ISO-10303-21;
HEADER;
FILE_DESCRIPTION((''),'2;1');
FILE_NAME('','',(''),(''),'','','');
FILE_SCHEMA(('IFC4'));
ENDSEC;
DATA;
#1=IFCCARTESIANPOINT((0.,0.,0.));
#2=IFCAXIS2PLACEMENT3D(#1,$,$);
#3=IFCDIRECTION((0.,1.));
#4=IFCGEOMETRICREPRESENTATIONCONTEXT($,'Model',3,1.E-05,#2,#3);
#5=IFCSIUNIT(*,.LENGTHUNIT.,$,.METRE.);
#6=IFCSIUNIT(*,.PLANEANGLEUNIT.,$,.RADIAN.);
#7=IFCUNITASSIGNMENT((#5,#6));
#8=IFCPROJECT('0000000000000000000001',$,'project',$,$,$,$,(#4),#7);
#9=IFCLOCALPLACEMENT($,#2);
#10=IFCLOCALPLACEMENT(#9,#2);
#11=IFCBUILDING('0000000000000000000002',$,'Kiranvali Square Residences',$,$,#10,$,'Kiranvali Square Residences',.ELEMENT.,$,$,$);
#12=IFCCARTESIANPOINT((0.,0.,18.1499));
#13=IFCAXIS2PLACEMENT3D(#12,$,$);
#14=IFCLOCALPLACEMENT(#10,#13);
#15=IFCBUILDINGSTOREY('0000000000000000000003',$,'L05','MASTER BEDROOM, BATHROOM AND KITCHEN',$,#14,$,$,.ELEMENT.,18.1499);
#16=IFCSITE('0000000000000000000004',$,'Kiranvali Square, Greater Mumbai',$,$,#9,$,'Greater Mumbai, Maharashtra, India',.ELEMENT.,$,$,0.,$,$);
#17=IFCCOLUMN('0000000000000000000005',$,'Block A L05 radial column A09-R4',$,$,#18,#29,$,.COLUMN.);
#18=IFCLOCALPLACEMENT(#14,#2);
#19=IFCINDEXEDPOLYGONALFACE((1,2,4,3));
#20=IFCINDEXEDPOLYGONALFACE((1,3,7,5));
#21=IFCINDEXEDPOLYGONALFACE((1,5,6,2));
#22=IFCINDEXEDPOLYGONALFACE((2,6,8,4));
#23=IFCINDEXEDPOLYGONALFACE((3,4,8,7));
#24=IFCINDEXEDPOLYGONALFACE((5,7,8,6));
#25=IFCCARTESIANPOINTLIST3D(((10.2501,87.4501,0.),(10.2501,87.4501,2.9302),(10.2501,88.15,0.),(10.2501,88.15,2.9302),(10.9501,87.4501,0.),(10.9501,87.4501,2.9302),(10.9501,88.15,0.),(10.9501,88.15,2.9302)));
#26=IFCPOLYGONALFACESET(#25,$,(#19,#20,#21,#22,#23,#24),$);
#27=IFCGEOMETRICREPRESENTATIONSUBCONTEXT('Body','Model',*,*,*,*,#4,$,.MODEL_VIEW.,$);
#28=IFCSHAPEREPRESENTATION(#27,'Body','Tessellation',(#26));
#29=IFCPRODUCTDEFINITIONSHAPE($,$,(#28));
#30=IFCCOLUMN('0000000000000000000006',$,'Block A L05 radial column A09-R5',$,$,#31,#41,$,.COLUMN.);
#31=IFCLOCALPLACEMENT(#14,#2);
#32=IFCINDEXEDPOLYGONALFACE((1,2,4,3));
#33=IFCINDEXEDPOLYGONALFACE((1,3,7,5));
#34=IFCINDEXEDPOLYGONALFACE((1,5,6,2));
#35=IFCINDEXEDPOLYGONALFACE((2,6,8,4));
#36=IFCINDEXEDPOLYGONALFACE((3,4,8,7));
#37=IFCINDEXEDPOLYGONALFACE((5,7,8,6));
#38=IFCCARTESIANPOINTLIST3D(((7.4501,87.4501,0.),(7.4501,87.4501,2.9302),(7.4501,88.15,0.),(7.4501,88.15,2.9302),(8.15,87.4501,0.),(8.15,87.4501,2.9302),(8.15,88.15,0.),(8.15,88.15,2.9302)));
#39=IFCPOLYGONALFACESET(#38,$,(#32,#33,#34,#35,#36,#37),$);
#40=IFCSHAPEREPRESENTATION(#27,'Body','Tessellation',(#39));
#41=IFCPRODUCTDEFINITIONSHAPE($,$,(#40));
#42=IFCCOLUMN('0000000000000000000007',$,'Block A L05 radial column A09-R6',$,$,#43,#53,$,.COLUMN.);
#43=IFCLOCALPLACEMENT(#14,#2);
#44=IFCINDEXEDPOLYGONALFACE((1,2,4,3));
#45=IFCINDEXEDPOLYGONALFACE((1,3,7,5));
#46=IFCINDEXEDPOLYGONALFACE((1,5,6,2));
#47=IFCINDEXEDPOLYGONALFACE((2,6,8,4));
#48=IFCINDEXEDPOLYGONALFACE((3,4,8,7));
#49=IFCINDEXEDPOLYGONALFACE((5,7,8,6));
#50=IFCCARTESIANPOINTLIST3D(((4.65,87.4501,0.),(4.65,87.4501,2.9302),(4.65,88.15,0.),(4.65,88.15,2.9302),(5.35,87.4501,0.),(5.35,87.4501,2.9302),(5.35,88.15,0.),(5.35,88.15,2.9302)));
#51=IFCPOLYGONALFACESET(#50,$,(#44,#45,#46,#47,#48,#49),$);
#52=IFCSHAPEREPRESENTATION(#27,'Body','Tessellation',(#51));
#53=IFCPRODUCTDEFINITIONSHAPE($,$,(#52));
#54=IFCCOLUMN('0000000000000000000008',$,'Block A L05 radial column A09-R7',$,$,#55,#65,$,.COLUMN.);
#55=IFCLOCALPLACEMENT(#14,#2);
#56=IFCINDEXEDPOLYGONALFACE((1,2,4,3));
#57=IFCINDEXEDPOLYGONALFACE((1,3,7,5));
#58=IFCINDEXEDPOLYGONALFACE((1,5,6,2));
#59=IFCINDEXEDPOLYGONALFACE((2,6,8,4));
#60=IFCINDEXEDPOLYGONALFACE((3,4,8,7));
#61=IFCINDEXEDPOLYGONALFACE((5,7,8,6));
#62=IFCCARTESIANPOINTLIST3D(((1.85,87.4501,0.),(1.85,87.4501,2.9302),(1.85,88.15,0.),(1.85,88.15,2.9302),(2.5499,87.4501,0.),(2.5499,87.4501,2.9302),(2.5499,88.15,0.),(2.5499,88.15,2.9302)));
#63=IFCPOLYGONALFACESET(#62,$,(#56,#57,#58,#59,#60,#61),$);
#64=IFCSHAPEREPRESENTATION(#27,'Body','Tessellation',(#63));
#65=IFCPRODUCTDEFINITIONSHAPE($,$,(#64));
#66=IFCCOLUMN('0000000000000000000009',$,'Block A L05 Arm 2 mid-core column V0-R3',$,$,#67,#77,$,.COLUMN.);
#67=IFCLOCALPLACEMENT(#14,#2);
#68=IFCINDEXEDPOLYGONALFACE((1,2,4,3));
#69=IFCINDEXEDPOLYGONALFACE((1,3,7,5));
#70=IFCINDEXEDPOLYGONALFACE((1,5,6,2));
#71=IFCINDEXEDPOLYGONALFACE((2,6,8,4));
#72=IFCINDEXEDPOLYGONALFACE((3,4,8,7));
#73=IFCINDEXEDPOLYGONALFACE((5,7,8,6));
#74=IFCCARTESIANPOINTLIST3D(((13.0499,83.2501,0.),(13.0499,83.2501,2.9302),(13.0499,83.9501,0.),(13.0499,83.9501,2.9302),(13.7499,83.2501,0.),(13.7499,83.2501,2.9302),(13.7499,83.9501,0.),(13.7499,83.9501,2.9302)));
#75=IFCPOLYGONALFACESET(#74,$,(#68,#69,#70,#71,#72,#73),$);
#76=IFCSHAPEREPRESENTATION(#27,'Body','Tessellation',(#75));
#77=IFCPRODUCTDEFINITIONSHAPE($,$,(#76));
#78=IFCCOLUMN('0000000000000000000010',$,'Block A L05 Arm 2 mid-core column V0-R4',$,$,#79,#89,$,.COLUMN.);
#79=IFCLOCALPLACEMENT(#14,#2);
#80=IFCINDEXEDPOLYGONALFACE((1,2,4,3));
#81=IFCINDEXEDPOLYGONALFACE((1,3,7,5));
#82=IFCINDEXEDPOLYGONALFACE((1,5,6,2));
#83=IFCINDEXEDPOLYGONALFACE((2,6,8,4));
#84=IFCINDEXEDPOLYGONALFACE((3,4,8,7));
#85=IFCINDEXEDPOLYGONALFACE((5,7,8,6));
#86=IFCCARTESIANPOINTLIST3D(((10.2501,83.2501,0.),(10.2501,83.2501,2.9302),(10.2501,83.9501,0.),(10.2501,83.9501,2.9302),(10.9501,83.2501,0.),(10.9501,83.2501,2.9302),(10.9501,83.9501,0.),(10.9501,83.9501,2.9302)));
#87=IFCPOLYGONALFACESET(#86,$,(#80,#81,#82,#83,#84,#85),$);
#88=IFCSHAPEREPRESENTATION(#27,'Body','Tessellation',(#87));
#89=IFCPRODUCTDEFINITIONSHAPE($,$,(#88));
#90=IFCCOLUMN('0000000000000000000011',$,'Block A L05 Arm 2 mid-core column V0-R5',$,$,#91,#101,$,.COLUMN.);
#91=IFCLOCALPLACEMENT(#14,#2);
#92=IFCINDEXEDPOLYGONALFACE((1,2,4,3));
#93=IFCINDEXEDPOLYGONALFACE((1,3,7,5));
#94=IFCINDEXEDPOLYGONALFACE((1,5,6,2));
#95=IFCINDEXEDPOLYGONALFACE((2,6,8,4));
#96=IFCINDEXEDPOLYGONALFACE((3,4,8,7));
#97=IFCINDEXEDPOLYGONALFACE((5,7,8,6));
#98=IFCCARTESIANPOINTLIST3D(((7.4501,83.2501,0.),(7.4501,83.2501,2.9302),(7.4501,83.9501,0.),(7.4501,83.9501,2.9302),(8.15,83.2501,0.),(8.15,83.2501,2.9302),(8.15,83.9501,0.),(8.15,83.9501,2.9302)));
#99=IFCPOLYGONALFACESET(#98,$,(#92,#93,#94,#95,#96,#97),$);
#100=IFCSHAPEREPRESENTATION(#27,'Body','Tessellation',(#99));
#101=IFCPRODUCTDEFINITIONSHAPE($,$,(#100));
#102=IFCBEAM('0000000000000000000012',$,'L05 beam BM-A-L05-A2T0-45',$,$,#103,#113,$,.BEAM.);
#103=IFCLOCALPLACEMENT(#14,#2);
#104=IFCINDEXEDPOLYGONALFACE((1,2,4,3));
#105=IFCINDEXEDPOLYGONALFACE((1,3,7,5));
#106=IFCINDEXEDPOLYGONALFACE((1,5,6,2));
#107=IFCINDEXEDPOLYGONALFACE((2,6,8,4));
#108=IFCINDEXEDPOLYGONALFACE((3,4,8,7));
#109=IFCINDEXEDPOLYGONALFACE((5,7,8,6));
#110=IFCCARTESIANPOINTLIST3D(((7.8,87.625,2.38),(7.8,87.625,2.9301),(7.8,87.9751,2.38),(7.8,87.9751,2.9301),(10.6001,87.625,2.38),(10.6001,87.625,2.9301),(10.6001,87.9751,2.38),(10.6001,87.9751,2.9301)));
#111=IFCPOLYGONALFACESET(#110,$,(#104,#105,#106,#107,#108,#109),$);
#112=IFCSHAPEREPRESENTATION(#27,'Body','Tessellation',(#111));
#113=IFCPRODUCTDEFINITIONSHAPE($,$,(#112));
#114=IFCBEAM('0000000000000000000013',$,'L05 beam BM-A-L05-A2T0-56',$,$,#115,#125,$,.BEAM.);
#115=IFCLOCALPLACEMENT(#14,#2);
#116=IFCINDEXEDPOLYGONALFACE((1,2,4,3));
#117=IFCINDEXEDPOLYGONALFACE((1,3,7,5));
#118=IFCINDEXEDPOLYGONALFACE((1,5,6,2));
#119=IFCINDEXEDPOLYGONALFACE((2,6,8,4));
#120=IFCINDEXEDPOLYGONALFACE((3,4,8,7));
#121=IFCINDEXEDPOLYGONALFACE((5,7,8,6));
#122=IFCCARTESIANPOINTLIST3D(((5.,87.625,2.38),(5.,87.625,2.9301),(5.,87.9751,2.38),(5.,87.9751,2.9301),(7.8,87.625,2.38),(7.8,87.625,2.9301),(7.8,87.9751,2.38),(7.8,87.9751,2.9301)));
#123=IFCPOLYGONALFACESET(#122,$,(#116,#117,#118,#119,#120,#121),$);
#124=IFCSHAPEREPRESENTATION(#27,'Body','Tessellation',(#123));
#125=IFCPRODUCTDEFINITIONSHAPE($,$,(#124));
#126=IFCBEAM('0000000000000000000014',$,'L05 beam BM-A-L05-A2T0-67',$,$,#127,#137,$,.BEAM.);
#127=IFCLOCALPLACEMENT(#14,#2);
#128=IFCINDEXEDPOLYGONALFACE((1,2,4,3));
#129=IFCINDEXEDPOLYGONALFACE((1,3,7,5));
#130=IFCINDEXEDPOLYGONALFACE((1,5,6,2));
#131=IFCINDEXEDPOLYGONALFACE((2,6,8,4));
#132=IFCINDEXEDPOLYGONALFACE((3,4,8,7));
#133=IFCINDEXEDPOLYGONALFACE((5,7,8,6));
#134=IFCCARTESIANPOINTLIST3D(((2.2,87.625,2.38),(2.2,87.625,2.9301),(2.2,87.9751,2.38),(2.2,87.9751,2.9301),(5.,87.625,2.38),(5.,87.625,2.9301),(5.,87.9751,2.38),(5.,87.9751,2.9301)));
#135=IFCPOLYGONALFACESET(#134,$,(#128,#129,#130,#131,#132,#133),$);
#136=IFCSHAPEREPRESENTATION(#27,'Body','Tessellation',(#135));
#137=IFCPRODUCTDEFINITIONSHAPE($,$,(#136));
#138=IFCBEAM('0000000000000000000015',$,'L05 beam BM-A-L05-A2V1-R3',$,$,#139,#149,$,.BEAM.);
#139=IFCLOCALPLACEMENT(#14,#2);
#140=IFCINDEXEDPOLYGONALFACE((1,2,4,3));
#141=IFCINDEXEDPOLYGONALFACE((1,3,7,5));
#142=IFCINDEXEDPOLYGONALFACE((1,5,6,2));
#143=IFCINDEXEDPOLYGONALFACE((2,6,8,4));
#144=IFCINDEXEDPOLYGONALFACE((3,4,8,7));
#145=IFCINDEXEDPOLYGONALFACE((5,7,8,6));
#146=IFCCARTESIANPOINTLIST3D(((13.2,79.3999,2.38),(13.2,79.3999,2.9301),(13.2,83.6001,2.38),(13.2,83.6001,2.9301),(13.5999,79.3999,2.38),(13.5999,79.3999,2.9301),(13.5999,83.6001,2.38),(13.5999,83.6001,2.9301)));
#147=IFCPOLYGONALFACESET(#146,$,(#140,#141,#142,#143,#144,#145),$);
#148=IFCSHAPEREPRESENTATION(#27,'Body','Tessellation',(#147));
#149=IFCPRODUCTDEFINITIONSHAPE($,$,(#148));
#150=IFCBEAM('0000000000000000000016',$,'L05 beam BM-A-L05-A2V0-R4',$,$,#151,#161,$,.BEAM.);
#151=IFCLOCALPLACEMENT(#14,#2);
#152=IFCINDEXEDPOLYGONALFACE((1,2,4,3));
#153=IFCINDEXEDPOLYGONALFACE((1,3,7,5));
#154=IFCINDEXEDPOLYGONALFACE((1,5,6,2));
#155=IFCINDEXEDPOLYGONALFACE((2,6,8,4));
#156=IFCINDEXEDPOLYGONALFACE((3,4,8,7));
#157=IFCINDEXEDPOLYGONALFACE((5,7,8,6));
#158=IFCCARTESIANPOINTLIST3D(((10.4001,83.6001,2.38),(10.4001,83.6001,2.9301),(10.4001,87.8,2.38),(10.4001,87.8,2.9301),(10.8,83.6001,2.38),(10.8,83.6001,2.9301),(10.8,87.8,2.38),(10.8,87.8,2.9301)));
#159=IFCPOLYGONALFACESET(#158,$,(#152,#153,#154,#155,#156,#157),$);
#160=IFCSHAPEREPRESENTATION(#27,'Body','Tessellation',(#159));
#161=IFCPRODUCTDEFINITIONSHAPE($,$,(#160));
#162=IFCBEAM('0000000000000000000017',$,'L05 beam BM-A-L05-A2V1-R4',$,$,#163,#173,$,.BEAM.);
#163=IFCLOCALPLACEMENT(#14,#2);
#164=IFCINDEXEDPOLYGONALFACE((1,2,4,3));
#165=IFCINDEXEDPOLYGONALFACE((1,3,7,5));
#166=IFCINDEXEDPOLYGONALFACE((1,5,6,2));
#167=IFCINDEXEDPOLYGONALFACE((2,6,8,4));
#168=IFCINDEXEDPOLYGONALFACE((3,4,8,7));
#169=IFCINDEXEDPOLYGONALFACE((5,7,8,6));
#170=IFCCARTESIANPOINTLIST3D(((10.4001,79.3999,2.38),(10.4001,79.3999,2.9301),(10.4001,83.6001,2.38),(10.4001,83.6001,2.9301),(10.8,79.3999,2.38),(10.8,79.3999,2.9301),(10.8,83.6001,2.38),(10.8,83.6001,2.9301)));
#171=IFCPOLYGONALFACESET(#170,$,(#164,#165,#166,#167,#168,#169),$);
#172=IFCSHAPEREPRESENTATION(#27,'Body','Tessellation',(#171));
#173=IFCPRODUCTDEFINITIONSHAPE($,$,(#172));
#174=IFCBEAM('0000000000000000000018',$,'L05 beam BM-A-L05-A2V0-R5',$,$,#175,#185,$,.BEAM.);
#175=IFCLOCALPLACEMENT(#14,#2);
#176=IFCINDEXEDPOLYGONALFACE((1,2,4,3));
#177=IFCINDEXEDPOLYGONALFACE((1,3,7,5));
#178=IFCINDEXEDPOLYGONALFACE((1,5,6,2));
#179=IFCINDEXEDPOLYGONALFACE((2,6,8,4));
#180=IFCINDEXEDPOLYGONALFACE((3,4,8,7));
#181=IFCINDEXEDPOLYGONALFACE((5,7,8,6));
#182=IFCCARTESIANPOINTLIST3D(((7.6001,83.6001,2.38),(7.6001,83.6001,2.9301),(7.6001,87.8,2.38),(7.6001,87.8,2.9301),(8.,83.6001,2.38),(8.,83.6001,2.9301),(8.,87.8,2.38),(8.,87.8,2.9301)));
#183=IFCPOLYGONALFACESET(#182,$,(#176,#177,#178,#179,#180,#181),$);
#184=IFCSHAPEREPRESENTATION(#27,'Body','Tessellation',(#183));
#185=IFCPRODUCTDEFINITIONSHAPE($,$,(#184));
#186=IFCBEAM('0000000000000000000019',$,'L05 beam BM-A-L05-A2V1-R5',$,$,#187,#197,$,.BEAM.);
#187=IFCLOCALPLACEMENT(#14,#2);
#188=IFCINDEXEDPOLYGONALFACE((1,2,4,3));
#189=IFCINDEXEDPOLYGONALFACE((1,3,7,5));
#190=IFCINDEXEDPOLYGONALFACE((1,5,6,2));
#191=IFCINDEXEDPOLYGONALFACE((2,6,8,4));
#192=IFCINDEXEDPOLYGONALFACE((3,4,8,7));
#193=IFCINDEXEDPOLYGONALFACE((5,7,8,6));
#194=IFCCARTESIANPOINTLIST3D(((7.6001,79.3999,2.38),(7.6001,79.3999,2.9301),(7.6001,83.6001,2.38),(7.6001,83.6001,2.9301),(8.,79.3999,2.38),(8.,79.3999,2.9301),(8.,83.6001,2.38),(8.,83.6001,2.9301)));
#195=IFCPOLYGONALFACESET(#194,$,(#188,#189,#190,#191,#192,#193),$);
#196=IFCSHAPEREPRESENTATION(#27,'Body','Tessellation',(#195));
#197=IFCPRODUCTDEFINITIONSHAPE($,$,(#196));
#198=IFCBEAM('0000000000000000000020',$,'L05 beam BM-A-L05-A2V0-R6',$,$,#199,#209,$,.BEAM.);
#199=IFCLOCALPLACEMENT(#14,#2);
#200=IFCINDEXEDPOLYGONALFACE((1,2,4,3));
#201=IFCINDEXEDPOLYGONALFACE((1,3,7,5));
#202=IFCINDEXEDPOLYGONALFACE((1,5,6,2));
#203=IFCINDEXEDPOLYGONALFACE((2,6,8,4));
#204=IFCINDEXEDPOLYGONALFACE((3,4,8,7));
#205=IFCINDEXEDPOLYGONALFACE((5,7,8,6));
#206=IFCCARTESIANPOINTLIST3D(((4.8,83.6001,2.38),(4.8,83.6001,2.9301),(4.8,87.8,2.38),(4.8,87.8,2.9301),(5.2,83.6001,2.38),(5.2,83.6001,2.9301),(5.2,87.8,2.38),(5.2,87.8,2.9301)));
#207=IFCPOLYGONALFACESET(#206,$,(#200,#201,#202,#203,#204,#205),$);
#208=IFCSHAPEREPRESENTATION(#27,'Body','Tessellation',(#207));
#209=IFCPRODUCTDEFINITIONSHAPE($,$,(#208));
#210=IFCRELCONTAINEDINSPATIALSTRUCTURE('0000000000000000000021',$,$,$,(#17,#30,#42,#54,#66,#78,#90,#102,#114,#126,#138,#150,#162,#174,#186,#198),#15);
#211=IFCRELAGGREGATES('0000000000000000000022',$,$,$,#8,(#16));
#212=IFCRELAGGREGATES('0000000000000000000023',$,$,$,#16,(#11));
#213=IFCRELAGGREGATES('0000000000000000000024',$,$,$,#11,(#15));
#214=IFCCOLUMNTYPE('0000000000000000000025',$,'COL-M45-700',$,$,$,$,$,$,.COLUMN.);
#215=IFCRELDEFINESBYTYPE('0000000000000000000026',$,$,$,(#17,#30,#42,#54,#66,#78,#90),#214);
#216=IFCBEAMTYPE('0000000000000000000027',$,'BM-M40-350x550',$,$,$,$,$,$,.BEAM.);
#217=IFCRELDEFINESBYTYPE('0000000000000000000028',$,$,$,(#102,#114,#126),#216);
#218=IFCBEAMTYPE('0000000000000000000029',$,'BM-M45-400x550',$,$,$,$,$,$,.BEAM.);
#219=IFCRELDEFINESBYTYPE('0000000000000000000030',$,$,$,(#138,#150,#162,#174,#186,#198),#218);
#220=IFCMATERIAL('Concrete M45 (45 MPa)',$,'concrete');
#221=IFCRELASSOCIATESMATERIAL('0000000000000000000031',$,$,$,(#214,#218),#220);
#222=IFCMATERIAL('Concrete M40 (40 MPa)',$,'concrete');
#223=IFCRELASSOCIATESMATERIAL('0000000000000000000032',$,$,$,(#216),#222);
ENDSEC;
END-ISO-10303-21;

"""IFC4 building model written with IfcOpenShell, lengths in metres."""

from ifc_helpers import new_model, si_unit, direction, frame, origin, origin_2d, place, context, subcontext, project, spatial, rectangle, extrude, material, material_profile, profile_set, type_object, element, save


model = new_model("IFC4")

# Units and contexts
model_context = context("Model", 3, precision=1e-05, world=origin(), true_north=direction((0.0, 1.0)))
body_context = subcontext(model_context, "Body", "Model", "MODEL_VIEW")
ifc_project = project(units=[si_unit("LENGTHUNIT", "METRE"), si_unit("PLANEANGLEUNIT", "RADIAN")], contexts=[model_context])

# Site, building, storey
site_placement = place(None, origin())
site = spatial("IfcSite", under=ifc_project, at=site_placement, Name="Kiranvali Square, Greater Mumbai", LongName="Greater Mumbai, Maharashtra, India", CompositionType="ELEMENT", RefElevation=0.0)
building_placement = place(site_placement, origin())
building = spatial("IfcBuilding", under=site, at=building_placement, Name="Kiranvali Square Residences", LongName="Kiranvali Square Residences", CompositionType="ELEMENT")
storey_placement = place(building_placement, frame((0.0, 0.0, 18.1499)))
storey = spatial("IfcBuildingStorey", under=building, at=storey_placement, Name="L05", Description="MASTER BEDROOM, BATHROOM AND KITCHEN", CompositionType="ELEMENT", Elevation=18.1499)

# Columns
ifc_material_1 = material(Name="Concrete M45 (45 MPa)", Category="concrete")
ifc_material_profile_1 = material_profile(ifc_material_1, rectangle(XDim=0.7, YDim=0.7, at=origin_2d()), Name="RC 700x700")
ifc_profile_set_1 = profile_set([ifc_material_profile_1], Name="Concrete M45 (45 MPa)")
column_type = type_object("IfcColumnType", Name="COL-M45-700", PredefinedType="COLUMN", material=ifc_profile_set_1)
for number, where, z_axis, x_axis, name in (
    (1, (10.6001, 87.8, 0.0), (0.0, 0.0, 1.0), (0.0, 1.0, 0.0), "Block A L05 radial column A09-R4"),
    (2, (7.8, 87.8, 0.0), (0.0, 0.0, 1.0), (0.0, 1.0, 0.0), "Block A L05 radial column A09-R5"),
    (3, (5.0, 87.8, 0.0), (0.0, 0.0, 1.0), (0.0, 1.0, 0.0), "Block A L05 radial column A09-R6"),
    (4, (2.2, 87.8, 0.0), (0.0, 0.0, 1.0), (0.0, 1.0, 0.0), "Block A L05 radial column A09-R7"),
    (5, (13.3999, 83.6001, 0.0), (0.0, 0.0, 1.0), (1.0, 0.0, 0.0), "Block A L05 Arm 2 mid-core column V0-R3"),
    (6, (10.6001, 83.6001, 0.0), (0.0, 0.0, 1.0), (1.0, 0.0, 0.0), "Block A L05 Arm 2 mid-core column V0-R4"),
    (7, (7.8, 83.6001, 0.0), (0.0, 0.0, 1.0), (1.0, 0.0, 0.0), "Block A L05 Arm 2 mid-core column V0-R5"),
):
    element("IfcColumn", number, at=place(storey_placement, frame(where, z_axis=z_axis, x_axis=x_axis)), inside=storey, type_object=column_type, Name=name, PredefinedType="COLUMN", context=body_context, shape_type="SweptSolid", body=[
        extrude(rectangle(XDim=0.7, YDim=0.7, at=origin_2d()), origin(), (0.0, 0.0, 1.0), 2.9302),
    ])

# Beams
ifc_material_2 = material(Name="Concrete M40 (40 MPa)", Category="concrete")
ifc_material_profile_2 = material_profile(ifc_material_2, rectangle(XDim=0.3501, YDim=0.55, at=origin_2d()), Name="RC 350x550")
ifc_profile_set_2 = profile_set([ifc_material_profile_2], Name="Concrete M40 (40 MPa)")
beam_type_1 = type_object("IfcBeamType", Name="BM-M40-350x550", PredefinedType="BEAM", material=ifc_profile_set_2)
for number, where, z_axis, x_axis, name in (
    (8, (10.6001, 87.8, 2.655), (-1.0, 0.0, 0.0), (0.0, -1.0, 0.0), "L05 beam BM-A-L05-A2T0-45"),
    (9, (7.8, 87.8, 2.655), (-1.0, 0.0, 0.0), (0.0, -1.0, 0.0), "L05 beam BM-A-L05-A2T0-56"),
    (10, (5.0, 87.8, 2.655), (-1.0, 0.0, 0.0), (0.0, -1.0, 0.0), "L05 beam BM-A-L05-A2T0-67"),
):
    element("IfcBeam", number, at=place(storey_placement, frame(where, z_axis=z_axis, x_axis=x_axis)), inside=storey, type_object=beam_type_1, Name=name, PredefinedType="BEAM", context=body_context, shape_type="SweptSolid", body=[
        extrude(rectangle(XDim=0.3501, YDim=0.55, at=origin_2d()), origin(), (0.0, 0.0, 1.0), 2.8),
    ])
ifc_material_profile_3 = material_profile(ifc_material_1, rectangle(XDim=0.3999, YDim=0.55, at=origin_2d()), Name="RC 400x550")
ifc_profile_set_3 = profile_set([ifc_material_profile_3], Name="Concrete M45 (45 MPa)")
beam_type_2 = type_object("IfcBeamType", Name="BM-M45-400x550", PredefinedType="BEAM", material=ifc_profile_set_3)
beam_1_placement = place(storey_placement, frame((13.3999, 83.6001, 2.655), z_axis=(0.0, -1.0, 0.0), x_axis=(1.0, 0.0, 0.0)))
element("IfcBeam", 11, at=beam_1_placement, inside=storey, type_object=beam_type_2, Name="L05 beam BM-A-L05-A2V1-R3", PredefinedType="BEAM", context=body_context, shape_type="SweptSolid", body=[
    extrude(rectangle(XDim=0.3999, YDim=0.55, at=origin_2d()), origin(), (0.0, 0.0, 1.0), 4.2002),
])
beam_2_placement = place(storey_placement, frame((10.6001, 87.8, 2.655), z_axis=(0.0, -1.0, 0.0), x_axis=(1.0, 0.0, 0.0)))
element("IfcBeam", 12, at=beam_2_placement, inside=storey, type_object=beam_type_2, Name="L05 beam BM-A-L05-A2V0-R4", PredefinedType="BEAM", context=body_context, shape_type="SweptSolid", body=[
    extrude(rectangle(XDim=0.3999, YDim=0.55, at=origin_2d()), origin(), (0.0, 0.0, 1.0), 4.2),
])
beam_3_placement = place(storey_placement, frame((10.6001, 83.6001, 2.655), z_axis=(0.0, -1.0, 0.0), x_axis=(1.0, 0.0, 0.0)))
element("IfcBeam", 13, at=beam_3_placement, inside=storey, type_object=beam_type_2, Name="L05 beam BM-A-L05-A2V1-R4", PredefinedType="BEAM", context=body_context, shape_type="SweptSolid", body=[
    extrude(rectangle(XDim=0.3999, YDim=0.55, at=origin_2d()), origin(), (0.0, 0.0, 1.0), 4.2002),
])
beam_4_placement = place(storey_placement, frame((7.8, 87.8, 2.655), z_axis=(0.0, -1.0, 0.0), x_axis=(1.0, 0.0, 0.0)))
element("IfcBeam", 14, at=beam_4_placement, inside=storey, type_object=beam_type_2, Name="L05 beam BM-A-L05-A2V0-R5", PredefinedType="BEAM", context=body_context, shape_type="SweptSolid", body=[
    extrude(rectangle(XDim=0.3999, YDim=0.55, at=origin_2d()), origin(), (0.0, 0.0, 1.0), 4.2),
])
beam_5_placement = place(storey_placement, frame((7.8, 83.6001, 2.655), z_axis=(0.0, -1.0, 0.0), x_axis=(1.0, 0.0, 0.0)))
element("IfcBeam", 15, at=beam_5_placement, inside=storey, type_object=beam_type_2, Name="L05 beam BM-A-L05-A2V1-R5", PredefinedType="BEAM", context=body_context, shape_type="SweptSolid", body=[
    extrude(rectangle(XDim=0.3999, YDim=0.55, at=origin_2d()), origin(), (0.0, 0.0, 1.0), 4.2002),
])
beam_6_placement = place(storey_placement, frame((5.0, 87.8, 2.655), z_axis=(0.0, -1.0, 0.0), x_axis=(1.0, 0.0, 0.0)))
element("IfcBeam", 16, at=beam_6_placement, inside=storey, type_object=beam_type_2, Name="L05 beam BM-A-L05-A2V0-R6", PredefinedType="BEAM", context=body_context, shape_type="SweptSolid", body=[
    extrude(rectangle(XDim=0.3999, YDim=0.55, at=origin_2d()), origin(), (0.0, 0.0, 1.0), 4.2),
])

save(model, "model.ifc")
